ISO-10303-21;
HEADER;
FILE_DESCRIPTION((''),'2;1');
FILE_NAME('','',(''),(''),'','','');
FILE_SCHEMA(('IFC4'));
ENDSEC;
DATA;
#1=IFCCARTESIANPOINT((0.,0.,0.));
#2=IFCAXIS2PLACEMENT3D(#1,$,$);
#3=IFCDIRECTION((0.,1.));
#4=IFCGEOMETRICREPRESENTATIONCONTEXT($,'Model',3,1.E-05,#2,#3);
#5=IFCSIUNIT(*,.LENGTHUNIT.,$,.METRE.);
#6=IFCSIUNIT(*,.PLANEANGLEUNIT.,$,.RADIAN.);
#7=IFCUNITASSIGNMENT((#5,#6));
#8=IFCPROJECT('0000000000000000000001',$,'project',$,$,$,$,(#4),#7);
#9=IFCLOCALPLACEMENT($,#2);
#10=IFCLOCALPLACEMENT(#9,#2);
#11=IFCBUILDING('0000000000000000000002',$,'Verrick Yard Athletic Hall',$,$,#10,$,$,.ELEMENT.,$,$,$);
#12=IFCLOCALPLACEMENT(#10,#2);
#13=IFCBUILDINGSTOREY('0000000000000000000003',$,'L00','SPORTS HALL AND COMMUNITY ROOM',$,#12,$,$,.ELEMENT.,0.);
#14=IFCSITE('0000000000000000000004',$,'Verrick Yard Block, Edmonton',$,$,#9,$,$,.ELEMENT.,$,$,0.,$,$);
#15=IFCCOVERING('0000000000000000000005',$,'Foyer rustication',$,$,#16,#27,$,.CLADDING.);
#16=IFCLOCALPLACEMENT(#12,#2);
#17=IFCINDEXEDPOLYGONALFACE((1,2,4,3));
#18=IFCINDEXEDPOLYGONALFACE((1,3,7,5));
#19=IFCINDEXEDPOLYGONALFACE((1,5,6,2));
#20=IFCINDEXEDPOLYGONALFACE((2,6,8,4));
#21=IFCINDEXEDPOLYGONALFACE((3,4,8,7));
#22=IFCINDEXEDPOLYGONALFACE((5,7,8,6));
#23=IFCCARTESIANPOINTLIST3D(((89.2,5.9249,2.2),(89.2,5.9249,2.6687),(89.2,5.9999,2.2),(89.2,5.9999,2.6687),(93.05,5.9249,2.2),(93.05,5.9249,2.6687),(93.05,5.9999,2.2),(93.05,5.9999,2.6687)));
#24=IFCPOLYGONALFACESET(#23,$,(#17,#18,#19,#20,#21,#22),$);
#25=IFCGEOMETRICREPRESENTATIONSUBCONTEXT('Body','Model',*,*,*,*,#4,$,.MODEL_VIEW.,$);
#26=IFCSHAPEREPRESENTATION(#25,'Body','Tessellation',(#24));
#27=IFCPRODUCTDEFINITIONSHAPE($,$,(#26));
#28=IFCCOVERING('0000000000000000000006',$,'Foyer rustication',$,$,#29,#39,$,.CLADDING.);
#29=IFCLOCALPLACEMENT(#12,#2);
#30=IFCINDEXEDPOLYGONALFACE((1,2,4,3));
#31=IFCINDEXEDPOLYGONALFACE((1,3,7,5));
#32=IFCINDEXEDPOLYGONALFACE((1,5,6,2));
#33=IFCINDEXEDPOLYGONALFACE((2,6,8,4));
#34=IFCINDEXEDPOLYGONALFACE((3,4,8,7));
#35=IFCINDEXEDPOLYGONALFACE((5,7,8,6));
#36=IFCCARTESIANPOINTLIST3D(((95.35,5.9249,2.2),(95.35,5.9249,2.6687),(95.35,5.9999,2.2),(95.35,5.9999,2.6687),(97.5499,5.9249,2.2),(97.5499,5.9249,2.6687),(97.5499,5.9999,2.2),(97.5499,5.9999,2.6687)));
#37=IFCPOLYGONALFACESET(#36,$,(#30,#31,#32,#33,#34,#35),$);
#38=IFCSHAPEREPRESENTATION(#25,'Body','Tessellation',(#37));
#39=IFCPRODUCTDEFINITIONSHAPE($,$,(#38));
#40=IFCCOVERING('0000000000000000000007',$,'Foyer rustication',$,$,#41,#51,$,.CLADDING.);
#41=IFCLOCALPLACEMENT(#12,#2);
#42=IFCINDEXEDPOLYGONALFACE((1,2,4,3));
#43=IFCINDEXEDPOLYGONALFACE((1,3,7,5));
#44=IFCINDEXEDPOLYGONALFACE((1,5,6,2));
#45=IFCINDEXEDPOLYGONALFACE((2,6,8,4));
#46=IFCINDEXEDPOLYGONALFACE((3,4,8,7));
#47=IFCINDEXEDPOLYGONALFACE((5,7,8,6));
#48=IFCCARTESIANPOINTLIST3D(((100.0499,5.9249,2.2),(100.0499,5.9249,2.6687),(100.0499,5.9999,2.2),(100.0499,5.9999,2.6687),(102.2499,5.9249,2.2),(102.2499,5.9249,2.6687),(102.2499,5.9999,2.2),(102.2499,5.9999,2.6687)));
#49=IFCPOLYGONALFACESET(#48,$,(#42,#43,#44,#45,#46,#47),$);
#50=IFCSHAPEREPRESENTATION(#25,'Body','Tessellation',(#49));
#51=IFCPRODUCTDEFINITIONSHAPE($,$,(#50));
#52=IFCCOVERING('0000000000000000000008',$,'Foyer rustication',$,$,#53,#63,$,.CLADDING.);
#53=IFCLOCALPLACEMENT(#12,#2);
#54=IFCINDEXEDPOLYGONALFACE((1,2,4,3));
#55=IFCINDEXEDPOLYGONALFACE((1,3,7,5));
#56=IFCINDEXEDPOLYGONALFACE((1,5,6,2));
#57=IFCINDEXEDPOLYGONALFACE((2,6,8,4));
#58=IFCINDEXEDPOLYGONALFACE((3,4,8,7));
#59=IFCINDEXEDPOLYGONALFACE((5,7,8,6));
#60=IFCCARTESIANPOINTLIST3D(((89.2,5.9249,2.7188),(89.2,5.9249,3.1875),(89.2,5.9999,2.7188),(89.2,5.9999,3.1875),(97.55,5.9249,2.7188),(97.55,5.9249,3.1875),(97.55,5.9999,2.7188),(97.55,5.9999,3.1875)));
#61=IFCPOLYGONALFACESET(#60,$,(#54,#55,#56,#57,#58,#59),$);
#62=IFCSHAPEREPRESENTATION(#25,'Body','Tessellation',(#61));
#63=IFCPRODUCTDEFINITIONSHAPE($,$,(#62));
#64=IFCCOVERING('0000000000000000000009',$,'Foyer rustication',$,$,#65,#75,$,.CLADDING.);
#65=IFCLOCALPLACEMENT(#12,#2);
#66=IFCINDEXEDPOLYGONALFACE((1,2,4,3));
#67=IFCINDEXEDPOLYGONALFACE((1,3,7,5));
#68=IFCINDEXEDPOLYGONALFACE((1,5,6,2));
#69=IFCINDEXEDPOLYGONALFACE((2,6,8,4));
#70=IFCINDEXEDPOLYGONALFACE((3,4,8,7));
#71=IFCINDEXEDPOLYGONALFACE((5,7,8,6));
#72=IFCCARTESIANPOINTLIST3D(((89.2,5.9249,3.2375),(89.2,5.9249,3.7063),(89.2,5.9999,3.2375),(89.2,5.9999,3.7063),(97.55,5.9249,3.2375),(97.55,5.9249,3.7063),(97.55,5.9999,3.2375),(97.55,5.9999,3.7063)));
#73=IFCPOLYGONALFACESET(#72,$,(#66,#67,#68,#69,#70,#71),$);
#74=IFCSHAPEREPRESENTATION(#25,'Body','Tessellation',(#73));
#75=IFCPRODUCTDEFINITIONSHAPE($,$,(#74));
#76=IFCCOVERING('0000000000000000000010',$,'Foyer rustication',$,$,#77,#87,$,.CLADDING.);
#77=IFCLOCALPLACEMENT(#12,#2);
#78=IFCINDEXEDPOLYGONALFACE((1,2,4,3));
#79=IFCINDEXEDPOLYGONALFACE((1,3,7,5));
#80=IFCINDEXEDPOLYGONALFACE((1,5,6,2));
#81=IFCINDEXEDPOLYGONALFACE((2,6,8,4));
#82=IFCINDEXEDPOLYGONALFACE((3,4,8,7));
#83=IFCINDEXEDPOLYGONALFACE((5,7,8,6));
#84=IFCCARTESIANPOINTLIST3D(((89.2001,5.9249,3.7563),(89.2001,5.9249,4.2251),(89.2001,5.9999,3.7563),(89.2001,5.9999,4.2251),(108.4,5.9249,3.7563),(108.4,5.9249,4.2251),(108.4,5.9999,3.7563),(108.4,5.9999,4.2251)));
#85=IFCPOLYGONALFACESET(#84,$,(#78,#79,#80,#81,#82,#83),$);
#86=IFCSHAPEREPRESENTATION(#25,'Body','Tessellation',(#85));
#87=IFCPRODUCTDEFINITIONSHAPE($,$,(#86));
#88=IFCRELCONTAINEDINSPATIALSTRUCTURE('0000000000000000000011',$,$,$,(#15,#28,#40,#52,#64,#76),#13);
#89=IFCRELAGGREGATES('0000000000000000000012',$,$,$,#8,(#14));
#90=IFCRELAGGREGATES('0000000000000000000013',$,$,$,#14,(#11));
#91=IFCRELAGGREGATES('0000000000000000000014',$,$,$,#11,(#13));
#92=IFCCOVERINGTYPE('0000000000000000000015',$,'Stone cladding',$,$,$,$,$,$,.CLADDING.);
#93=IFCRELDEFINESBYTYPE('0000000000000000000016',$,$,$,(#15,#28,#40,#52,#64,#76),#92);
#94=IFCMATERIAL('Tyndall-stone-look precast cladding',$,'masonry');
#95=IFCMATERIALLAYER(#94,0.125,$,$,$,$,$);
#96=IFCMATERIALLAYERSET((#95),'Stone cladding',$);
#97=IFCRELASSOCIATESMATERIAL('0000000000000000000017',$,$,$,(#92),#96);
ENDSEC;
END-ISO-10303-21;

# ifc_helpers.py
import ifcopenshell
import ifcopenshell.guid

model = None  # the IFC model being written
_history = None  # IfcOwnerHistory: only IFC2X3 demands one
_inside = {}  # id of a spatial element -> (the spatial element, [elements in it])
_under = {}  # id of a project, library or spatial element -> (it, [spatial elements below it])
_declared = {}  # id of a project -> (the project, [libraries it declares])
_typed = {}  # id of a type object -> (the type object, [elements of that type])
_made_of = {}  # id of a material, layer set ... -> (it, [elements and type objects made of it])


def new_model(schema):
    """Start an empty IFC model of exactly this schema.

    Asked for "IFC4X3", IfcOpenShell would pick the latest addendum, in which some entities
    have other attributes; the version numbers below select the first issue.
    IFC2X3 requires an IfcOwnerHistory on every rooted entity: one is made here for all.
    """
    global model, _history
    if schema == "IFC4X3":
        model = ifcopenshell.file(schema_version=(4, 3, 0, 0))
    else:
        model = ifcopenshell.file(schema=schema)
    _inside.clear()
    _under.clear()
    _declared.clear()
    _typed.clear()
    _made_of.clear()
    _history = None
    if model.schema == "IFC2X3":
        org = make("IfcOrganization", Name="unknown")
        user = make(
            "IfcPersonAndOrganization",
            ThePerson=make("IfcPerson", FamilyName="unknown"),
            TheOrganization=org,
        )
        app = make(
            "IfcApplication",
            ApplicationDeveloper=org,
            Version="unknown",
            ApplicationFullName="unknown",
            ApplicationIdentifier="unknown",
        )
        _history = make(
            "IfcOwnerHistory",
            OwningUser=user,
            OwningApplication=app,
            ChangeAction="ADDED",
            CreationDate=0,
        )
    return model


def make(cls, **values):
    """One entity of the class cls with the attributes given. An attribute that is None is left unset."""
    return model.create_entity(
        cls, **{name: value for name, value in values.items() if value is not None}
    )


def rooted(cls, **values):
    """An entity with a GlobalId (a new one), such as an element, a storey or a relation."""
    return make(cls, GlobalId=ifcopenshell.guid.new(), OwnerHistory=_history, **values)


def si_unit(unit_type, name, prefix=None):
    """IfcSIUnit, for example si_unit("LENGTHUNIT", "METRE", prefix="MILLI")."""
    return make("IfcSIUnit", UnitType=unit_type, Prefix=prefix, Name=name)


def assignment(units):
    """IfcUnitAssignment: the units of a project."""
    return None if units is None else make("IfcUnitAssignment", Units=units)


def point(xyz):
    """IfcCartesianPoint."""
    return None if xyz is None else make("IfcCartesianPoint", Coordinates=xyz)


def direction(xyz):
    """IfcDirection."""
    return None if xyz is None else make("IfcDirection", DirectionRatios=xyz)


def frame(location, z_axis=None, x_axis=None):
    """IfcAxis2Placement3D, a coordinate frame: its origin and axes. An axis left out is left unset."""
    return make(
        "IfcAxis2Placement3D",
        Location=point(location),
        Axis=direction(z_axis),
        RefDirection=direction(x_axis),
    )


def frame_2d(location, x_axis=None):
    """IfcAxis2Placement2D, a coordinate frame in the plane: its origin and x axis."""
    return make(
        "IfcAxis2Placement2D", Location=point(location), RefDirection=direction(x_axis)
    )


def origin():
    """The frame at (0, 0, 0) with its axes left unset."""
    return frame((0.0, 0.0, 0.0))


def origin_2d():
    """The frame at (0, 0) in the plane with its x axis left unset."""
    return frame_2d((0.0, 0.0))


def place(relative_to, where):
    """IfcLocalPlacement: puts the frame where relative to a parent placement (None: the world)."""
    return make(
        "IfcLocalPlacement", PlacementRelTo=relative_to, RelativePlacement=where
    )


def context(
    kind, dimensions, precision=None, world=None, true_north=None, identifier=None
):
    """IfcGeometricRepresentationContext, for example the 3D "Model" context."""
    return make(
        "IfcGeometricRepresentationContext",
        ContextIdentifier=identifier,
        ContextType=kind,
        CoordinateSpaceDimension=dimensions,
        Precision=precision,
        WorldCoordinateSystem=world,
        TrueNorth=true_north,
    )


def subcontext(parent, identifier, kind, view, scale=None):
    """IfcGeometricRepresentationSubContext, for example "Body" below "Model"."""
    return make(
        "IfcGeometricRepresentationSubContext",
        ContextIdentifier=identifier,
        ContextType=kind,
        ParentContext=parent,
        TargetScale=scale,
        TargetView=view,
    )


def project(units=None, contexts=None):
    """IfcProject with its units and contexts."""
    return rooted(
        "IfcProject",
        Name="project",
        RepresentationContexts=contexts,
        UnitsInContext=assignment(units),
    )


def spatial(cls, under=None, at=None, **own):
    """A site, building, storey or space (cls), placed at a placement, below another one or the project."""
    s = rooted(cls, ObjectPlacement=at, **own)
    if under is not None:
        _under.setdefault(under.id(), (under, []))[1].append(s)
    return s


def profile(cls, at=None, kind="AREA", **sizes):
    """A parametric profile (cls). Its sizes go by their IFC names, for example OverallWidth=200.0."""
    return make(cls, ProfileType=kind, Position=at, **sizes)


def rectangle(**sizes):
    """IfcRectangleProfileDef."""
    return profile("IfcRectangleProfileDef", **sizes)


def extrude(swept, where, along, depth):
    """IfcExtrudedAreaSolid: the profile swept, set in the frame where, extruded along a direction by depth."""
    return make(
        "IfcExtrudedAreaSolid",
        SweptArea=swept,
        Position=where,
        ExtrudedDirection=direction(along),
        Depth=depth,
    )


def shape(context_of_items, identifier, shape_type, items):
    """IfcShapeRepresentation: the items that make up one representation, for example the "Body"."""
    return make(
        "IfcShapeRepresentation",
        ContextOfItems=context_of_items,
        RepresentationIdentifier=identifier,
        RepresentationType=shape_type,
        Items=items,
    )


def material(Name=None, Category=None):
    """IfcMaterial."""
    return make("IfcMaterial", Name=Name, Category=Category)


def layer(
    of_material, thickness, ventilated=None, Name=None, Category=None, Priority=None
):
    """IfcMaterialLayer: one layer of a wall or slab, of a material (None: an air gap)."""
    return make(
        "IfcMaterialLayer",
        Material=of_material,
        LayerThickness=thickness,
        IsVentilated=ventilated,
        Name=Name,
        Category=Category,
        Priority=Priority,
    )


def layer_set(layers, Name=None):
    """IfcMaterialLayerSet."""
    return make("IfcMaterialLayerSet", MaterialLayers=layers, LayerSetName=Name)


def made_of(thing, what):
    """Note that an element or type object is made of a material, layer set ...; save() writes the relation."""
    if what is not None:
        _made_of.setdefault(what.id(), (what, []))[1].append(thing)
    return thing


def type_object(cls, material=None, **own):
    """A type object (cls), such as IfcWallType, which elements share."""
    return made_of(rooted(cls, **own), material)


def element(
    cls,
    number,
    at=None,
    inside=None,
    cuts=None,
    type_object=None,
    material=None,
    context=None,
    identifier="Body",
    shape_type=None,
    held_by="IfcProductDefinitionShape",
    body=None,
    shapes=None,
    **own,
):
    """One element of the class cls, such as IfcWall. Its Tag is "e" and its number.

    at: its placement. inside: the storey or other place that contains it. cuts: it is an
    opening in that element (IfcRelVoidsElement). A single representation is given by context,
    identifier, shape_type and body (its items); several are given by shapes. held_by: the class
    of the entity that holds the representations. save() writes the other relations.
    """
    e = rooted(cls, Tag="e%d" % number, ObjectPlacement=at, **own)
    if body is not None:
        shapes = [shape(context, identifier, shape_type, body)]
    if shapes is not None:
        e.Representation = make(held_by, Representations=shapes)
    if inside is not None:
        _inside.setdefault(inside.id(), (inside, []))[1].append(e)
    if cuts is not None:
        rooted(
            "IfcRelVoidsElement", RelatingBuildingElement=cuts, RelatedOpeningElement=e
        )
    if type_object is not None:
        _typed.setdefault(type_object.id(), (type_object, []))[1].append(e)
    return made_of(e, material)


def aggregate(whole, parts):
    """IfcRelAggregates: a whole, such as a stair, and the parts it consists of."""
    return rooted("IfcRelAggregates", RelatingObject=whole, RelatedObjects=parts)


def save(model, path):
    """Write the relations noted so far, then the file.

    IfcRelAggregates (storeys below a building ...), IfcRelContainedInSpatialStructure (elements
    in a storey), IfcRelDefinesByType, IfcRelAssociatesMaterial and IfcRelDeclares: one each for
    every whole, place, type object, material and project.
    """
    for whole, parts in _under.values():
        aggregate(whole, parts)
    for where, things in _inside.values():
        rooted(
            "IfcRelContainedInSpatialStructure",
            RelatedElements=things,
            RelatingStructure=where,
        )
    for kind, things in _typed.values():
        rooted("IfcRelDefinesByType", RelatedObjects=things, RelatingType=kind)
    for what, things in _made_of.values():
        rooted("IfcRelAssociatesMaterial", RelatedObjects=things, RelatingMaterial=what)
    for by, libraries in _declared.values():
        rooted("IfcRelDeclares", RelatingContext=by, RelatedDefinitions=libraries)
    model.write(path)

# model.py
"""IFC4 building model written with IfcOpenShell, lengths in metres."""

from ifc_helpers import new_model, si_unit, direction, frame, origin, origin_2d, place, context, subcontext, project, spatial, rectangle, extrude, material, layer, layer_set, type_object, element, save


model = new_model("IFC4")

# Units and contexts
model_context = context("Model", 3, precision=1e-05, world=origin(), true_north=direction((0.0, 1.0)))
body_context = subcontext(model_context, "Body", "Model", "MODEL_VIEW")
ifc_project = project(units=[si_unit("LENGTHUNIT", "METRE"), si_unit("PLANEANGLEUNIT", "RADIAN")], contexts=[model_context])

# Site, building, storey
site_placement = place(None, origin())
site = spatial("IfcSite", under=ifc_project, at=site_placement, Name="Verrick Yard Block, Edmonton", CompositionType="ELEMENT", RefElevation=0.0)
building_placement = place(site_placement, origin())
building = spatial("IfcBuilding", under=site, at=building_placement, Name="Verrick Yard Athletic Hall", CompositionType="ELEMENT")
storey_placement = place(building_placement, origin())
storey = spatial("IfcBuildingStorey", under=building, at=storey_placement, Name="L00", Description="SPORTS HALL AND COMMUNITY ROOM", CompositionType="ELEMENT", Elevation=0.0)

# Shared definitions
ifc_material_1 = material(Name="Tyndall-stone-look precast cladding", Category="masonry")

# Coverings
ifc_layer_1 = layer(ifc_material_1, 0.125)
ifc_layer_set_1 = layer_set([ifc_layer_1], Name="Stone cladding")
covering_type = type_object("IfcCoveringType", Name="Stone cladding", PredefinedType="CLADDING", material=ifc_layer_set_1)
covering_1_placement = place(storey_placement, frame((91.125, 5.9624, 2.2), z_axis=(0.0, 0.0, 1.0), x_axis=(1.0, 0.0, 0.0)))
element("IfcCovering", 1, at=covering_1_placement, inside=storey, type_object=covering_type, Name="Foyer rustication", PredefinedType="CLADDING", context=body_context, shape_type="SweptSolid", body=[
    extrude(rectangle(XDim=3.8501, YDim=0.075, at=origin_2d()), origin(), (0.0, 0.0, 1.0), 0.4688),
])
for number, where, z_axis, x_axis, name in (
    (2, (96.45, 5.9624, 2.2), (0.0, 0.0, 1.0), (1.0, 0.0, 0.0), "Foyer rustication"),
    (3, (101.1499, 5.9624, 2.2), (0.0, 0.0, 1.0), (1.0, 0.0, 0.0), "Foyer rustication"),
):
    element("IfcCovering", number, at=place(storey_placement, frame(where, z_axis=z_axis, x_axis=x_axis)), inside=storey, type_object=covering_type, Name=name, PredefinedType="CLADDING", context=body_context, shape_type="SweptSolid", body=[
        extrude(rectangle(XDim=2.2, YDim=0.075, at=origin_2d()), origin(), (0.0, 0.0, 1.0), 0.4688),
    ])
for number, where, z_axis, x_axis, name in (
    (4, (93.375, 5.9624, 2.7188), (0.0, 0.0, 1.0), (1.0, 0.0, 0.0), "Foyer rustication"),
    (5, (93.375, 5.9624, 3.2375), (0.0, 0.0, 1.0), (1.0, 0.0, 0.0), "Foyer rustication"),
):
    element("IfcCovering", number, at=place(storey_placement, frame(where, z_axis=z_axis, x_axis=x_axis)), inside=storey, type_object=covering_type, Name=name, PredefinedType="CLADDING", context=body_context, shape_type="SweptSolid", body=[
        extrude(rectangle(XDim=8.3501, YDim=0.075, at=origin_2d()), origin(), (0.0, 0.0, 1.0), 0.4688),
    ])
covering_2_placement = place(storey_placement, frame((98.8, 5.9624, 3.7563), z_axis=(0.0, 0.0, 1.0), x_axis=(1.0, 0.0, 0.0)))
element("IfcCovering", 6, at=covering_2_placement, inside=storey, type_object=covering_type, Name="Foyer rustication", PredefinedType="CLADDING", context=body_context, shape_type="SweptSolid", body=[
    extrude(rectangle(XDim=19.2, YDim=0.075, at=origin_2d()), origin(), (0.0, 0.0, 1.0), 0.4688),
])

save(model, "model.ifc")
